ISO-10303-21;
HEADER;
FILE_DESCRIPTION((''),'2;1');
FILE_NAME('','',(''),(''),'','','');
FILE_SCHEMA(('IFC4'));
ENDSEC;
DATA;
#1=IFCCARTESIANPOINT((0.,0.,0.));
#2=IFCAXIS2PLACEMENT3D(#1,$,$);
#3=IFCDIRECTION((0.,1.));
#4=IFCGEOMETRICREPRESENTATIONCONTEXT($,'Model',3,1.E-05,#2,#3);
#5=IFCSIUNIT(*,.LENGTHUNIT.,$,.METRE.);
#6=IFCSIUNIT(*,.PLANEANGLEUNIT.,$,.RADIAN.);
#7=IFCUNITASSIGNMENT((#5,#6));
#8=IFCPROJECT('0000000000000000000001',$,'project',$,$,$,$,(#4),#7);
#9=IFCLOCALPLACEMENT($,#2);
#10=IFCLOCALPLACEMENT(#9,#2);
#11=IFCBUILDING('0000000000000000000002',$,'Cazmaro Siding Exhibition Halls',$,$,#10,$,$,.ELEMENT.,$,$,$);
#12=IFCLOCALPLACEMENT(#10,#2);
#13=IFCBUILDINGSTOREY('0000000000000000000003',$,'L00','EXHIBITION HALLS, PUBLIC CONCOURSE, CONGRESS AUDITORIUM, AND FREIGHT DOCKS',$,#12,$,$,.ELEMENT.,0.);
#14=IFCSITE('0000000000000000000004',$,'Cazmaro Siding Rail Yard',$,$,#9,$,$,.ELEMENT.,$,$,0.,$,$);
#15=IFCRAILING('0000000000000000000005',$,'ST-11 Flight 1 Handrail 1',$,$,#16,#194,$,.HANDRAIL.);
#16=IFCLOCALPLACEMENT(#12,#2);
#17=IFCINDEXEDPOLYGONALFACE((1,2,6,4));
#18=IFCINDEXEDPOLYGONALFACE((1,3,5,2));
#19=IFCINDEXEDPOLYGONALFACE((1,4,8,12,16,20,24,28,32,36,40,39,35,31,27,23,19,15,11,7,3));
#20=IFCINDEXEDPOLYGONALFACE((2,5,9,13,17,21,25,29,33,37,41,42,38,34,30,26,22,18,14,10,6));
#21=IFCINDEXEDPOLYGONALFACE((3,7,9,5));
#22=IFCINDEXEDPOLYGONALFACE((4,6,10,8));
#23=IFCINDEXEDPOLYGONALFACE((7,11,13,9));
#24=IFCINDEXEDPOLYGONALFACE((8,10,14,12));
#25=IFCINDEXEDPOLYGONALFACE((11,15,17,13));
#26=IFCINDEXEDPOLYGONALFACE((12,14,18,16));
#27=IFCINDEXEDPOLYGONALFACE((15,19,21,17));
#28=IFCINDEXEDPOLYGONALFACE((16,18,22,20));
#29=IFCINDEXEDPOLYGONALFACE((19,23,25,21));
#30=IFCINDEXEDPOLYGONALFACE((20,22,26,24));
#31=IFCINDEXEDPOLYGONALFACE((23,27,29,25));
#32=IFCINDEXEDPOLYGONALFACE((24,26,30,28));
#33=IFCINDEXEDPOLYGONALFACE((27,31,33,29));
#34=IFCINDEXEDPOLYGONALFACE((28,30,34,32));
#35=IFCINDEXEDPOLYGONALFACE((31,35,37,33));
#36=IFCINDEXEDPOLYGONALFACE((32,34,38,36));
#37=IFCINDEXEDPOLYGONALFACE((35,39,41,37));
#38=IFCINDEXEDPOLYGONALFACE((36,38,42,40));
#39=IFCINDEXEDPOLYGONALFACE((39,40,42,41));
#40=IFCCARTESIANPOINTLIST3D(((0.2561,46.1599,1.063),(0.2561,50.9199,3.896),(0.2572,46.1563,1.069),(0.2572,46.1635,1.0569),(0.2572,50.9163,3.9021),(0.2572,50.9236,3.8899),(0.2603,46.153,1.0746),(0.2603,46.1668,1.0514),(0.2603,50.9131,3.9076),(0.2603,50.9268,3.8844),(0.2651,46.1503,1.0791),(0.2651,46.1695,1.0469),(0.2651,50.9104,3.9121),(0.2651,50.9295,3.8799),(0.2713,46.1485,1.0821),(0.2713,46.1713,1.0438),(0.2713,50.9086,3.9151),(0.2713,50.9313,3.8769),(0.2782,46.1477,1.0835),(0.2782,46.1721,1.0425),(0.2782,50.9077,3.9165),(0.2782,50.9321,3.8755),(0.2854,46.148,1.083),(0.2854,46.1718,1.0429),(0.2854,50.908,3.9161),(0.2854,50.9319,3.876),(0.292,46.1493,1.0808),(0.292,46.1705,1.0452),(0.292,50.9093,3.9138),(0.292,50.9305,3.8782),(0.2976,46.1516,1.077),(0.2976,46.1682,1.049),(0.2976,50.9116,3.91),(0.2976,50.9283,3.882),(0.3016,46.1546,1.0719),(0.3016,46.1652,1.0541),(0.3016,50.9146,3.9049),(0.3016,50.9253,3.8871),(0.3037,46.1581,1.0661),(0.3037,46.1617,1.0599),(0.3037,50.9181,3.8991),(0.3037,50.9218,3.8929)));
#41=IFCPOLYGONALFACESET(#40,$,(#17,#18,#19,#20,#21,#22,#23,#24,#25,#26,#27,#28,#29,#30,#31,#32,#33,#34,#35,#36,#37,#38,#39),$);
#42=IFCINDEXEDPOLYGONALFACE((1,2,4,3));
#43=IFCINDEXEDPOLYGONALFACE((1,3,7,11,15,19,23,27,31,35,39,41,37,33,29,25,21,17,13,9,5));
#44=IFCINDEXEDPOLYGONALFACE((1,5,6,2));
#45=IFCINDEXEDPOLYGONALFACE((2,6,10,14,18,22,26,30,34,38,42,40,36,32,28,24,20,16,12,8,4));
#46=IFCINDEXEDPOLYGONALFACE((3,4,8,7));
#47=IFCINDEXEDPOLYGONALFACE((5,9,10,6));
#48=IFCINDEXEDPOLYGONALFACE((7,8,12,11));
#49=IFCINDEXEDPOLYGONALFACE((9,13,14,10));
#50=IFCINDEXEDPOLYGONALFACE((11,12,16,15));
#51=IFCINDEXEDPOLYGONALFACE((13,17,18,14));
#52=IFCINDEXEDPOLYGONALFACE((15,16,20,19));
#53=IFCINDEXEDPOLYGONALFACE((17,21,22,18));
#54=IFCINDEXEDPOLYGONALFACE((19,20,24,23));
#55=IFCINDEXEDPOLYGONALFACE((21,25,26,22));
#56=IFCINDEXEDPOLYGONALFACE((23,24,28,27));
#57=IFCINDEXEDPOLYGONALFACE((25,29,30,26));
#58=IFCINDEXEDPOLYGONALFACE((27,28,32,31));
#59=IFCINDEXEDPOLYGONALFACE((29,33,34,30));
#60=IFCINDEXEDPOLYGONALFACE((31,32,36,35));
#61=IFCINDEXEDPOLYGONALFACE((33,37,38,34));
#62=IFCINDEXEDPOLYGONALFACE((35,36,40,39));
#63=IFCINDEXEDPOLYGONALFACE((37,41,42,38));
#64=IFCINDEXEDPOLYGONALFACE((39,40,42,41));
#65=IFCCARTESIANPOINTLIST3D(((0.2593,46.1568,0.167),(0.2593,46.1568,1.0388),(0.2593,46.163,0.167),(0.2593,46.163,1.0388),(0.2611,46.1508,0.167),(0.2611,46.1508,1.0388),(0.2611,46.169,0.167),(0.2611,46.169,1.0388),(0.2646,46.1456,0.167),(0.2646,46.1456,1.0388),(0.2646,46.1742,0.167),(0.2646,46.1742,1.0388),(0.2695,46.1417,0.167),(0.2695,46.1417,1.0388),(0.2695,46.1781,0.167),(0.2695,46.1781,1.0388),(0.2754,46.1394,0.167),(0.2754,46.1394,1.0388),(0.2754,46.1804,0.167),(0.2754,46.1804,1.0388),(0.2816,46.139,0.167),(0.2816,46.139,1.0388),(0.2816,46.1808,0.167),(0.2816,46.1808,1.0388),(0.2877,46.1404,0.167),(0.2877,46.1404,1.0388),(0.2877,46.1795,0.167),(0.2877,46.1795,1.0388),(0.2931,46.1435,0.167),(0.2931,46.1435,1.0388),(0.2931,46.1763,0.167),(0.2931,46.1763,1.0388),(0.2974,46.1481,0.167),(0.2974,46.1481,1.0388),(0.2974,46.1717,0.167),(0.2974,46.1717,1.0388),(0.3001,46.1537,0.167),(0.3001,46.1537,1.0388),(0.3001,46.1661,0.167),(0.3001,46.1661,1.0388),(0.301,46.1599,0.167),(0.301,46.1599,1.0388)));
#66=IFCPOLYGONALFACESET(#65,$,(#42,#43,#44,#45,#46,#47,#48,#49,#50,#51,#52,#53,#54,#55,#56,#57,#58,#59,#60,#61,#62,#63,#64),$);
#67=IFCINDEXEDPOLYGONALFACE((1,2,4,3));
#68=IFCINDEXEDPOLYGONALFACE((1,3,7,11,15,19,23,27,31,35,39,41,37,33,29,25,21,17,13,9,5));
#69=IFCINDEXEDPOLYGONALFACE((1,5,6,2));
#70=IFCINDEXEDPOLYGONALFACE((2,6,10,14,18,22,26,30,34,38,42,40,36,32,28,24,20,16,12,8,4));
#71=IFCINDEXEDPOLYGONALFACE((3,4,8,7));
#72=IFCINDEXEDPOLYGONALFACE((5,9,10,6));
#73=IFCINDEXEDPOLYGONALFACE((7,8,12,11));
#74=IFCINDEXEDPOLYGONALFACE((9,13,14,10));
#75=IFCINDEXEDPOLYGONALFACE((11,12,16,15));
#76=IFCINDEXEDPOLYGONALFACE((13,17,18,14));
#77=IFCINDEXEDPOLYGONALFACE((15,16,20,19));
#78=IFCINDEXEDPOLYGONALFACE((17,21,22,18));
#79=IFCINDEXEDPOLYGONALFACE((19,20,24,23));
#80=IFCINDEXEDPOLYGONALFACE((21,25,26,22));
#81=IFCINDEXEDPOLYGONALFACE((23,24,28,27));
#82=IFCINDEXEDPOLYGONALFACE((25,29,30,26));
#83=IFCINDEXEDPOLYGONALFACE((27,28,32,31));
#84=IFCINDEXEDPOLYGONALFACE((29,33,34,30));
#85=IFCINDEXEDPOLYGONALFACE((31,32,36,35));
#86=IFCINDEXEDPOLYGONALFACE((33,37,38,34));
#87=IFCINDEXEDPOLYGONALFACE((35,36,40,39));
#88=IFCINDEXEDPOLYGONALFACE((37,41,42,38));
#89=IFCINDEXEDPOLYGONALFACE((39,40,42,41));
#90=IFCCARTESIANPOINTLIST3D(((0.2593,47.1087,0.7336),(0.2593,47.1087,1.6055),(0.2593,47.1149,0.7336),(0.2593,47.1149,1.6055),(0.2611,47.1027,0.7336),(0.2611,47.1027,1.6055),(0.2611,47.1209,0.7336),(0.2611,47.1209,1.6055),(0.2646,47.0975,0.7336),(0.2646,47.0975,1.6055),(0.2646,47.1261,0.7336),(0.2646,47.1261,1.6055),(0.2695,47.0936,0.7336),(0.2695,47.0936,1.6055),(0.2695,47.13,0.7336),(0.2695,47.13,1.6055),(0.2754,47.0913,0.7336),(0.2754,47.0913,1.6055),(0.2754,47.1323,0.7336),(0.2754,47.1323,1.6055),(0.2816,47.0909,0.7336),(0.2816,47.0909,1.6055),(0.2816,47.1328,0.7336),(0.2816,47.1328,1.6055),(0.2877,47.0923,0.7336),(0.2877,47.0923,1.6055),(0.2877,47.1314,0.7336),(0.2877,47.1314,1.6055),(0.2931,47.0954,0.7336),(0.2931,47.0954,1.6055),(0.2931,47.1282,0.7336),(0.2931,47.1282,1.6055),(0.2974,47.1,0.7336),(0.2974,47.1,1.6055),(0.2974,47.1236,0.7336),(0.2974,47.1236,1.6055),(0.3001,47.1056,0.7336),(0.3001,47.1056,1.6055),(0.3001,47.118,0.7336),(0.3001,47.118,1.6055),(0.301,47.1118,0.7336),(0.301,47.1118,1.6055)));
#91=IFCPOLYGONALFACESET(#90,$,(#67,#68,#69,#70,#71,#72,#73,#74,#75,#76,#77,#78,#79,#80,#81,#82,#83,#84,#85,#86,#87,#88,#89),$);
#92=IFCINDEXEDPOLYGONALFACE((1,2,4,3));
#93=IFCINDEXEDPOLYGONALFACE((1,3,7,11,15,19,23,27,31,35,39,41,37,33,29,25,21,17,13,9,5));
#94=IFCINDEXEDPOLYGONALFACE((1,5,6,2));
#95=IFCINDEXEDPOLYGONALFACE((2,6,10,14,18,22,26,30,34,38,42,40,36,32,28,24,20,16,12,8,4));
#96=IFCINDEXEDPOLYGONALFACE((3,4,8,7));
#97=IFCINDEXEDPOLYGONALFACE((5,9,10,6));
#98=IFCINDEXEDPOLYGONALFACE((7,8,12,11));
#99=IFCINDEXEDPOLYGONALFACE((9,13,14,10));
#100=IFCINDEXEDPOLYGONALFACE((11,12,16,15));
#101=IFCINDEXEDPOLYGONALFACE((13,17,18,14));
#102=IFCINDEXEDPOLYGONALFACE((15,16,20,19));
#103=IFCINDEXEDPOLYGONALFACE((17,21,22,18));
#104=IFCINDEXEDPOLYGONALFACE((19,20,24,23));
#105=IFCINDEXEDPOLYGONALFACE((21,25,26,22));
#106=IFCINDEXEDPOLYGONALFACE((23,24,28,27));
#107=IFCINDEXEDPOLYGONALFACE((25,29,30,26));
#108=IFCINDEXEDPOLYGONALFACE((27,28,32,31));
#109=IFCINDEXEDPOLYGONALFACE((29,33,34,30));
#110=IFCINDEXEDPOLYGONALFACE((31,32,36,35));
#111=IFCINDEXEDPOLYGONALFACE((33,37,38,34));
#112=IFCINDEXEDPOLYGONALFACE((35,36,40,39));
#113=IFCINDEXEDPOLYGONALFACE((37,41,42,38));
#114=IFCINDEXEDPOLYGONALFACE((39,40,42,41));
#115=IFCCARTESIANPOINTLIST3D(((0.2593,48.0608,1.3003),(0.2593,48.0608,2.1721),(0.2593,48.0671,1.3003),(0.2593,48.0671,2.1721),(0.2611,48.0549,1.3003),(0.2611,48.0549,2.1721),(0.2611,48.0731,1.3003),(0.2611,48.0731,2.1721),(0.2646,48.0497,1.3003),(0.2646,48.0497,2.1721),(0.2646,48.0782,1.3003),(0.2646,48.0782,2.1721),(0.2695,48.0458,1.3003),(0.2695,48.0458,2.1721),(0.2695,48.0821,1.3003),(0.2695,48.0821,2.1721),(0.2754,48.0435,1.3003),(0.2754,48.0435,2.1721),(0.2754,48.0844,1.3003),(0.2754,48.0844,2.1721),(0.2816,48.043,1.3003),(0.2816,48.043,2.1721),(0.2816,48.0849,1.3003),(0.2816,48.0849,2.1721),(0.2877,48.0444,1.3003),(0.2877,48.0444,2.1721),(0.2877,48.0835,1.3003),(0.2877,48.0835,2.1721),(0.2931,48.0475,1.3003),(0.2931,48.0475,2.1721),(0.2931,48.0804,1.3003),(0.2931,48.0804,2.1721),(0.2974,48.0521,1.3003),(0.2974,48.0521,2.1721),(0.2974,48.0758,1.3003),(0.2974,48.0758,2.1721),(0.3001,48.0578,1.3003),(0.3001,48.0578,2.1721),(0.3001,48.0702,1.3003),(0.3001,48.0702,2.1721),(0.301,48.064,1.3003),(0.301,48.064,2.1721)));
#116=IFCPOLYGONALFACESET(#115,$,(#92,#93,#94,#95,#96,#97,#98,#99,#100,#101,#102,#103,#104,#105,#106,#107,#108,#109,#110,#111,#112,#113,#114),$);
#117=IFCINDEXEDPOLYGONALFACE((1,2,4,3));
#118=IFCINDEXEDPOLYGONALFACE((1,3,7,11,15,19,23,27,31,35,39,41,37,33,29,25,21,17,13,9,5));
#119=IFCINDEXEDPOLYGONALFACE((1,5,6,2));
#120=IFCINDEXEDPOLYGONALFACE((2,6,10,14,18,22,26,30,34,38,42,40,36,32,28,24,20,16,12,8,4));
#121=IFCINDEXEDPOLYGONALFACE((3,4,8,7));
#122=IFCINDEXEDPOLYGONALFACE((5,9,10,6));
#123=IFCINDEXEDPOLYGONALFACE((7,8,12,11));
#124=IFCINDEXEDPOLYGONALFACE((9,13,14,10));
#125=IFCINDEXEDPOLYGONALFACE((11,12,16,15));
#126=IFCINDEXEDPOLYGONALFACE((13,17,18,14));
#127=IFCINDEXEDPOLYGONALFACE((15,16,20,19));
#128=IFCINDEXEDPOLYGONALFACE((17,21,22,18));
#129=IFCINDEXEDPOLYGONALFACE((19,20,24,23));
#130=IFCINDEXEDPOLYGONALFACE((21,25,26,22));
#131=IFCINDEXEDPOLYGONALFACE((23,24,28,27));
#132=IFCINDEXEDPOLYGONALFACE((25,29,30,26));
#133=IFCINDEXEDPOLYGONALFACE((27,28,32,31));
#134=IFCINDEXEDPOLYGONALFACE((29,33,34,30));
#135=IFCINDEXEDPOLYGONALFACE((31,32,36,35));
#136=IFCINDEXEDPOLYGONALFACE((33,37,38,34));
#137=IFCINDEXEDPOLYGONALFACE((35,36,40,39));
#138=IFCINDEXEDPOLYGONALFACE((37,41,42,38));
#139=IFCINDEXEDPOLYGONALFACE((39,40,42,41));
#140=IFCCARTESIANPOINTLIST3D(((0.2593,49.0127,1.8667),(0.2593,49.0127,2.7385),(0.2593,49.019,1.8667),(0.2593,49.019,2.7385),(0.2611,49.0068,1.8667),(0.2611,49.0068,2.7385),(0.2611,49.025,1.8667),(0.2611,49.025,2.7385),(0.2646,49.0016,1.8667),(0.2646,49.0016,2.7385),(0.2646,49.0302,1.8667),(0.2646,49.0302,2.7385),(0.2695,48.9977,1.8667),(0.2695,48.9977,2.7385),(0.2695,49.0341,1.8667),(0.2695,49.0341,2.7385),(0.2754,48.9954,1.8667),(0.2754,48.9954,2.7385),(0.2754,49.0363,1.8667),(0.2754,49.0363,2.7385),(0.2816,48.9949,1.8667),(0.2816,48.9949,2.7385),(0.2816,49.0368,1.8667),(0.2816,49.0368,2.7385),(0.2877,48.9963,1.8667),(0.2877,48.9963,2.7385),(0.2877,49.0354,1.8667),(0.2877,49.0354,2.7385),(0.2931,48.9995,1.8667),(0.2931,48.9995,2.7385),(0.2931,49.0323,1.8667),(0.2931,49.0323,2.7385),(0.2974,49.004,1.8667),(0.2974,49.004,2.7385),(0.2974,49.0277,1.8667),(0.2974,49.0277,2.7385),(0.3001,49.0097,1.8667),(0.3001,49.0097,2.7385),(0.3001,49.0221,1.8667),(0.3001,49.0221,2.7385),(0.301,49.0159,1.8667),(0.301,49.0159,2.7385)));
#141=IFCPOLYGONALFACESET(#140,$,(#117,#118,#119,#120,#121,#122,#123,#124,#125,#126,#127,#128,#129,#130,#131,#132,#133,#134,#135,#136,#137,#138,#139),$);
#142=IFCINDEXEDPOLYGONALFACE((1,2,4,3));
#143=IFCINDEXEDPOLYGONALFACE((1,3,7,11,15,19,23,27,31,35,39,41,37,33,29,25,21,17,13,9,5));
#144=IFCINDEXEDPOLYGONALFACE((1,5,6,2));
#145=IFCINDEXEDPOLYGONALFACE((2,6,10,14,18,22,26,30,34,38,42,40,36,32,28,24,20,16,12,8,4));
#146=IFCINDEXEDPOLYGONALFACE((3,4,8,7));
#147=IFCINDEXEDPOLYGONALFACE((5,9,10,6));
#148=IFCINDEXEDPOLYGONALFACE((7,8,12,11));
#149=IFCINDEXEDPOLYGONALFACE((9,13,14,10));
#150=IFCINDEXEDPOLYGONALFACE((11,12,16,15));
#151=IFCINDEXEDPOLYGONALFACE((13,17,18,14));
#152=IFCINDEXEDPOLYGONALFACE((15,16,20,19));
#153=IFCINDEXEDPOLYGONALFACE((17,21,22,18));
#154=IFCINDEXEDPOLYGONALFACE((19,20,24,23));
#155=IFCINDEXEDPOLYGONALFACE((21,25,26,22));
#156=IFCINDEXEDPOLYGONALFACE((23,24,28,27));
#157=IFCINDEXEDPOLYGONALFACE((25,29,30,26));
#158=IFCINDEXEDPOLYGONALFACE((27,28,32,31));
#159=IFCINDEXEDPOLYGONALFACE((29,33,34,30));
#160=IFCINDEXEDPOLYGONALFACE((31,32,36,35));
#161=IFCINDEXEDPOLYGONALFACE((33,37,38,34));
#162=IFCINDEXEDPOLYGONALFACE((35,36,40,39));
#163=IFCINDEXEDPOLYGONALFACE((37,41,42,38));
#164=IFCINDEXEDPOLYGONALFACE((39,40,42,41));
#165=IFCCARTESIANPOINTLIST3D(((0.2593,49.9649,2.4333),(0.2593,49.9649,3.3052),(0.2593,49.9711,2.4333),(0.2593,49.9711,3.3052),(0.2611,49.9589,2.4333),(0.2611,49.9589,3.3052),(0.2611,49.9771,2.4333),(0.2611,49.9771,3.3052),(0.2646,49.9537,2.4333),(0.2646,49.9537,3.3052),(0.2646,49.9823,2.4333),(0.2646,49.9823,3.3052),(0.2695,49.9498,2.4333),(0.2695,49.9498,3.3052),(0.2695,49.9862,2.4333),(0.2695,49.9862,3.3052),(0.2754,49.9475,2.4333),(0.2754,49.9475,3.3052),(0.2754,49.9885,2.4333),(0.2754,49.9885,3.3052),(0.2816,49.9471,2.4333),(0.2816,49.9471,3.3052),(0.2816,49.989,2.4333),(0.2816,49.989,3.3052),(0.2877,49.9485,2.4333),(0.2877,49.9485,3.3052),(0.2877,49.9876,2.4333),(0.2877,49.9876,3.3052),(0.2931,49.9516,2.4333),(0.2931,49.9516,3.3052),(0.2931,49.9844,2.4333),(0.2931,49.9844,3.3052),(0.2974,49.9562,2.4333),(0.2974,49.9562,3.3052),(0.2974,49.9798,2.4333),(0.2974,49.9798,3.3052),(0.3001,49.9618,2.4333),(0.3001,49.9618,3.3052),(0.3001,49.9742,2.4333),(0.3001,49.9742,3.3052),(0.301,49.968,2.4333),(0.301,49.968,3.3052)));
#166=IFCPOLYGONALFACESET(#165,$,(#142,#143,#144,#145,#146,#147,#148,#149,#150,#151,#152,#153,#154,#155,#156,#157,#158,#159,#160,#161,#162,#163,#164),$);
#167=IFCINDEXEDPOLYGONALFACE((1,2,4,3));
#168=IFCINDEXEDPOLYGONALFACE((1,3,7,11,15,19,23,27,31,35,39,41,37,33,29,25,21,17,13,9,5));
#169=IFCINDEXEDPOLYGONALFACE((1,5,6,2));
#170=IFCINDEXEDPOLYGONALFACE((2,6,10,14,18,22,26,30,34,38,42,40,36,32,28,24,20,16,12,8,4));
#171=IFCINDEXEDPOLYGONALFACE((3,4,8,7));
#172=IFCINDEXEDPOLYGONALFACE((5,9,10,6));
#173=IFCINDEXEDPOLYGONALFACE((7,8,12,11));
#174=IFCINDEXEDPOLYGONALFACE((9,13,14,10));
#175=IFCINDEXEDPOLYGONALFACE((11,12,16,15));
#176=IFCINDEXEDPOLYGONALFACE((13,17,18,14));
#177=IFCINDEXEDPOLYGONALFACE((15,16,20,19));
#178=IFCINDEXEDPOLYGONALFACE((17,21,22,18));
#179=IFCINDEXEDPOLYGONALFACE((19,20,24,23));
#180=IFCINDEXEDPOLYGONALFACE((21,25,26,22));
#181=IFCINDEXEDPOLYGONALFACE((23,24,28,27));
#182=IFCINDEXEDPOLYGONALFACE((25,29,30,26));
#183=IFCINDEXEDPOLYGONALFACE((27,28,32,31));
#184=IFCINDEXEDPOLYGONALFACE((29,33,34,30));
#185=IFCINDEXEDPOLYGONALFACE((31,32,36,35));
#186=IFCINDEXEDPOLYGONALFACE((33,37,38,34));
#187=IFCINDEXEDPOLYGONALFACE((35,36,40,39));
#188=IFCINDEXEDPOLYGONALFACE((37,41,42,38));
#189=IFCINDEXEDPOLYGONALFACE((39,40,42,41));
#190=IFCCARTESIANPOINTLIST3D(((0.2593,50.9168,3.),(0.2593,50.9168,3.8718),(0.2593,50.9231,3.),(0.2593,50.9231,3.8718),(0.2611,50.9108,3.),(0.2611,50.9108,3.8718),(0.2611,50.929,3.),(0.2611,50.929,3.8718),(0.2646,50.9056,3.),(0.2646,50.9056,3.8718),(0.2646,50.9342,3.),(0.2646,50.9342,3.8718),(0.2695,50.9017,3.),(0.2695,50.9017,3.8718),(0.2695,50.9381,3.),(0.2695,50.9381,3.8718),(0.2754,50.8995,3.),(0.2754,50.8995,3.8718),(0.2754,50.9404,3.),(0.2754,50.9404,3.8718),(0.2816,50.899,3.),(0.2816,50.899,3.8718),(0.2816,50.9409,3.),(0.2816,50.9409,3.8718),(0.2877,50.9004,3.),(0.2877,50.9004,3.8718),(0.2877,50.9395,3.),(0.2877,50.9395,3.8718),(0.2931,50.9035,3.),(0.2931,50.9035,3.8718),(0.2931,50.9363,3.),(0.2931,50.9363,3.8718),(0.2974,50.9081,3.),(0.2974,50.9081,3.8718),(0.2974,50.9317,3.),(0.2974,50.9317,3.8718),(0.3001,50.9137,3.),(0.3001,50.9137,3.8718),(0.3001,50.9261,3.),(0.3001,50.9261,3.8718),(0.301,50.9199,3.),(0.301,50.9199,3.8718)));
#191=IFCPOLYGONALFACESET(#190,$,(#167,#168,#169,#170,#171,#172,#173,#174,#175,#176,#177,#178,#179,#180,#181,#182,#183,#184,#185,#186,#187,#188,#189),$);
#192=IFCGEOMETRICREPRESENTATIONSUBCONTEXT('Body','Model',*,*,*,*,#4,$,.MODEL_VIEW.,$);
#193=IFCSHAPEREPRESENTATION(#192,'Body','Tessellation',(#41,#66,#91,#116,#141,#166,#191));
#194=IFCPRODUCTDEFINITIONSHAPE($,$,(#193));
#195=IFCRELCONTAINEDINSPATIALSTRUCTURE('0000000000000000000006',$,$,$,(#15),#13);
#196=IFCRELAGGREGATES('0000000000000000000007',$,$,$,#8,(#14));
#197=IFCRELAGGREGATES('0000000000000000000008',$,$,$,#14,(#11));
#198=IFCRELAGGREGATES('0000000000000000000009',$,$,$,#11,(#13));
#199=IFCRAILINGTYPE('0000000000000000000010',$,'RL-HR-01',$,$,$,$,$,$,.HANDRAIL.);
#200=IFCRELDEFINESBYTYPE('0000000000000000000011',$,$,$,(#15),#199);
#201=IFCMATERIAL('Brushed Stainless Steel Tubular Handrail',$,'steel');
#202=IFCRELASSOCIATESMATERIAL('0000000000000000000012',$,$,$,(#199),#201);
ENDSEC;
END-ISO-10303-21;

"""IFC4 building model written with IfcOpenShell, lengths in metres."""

from ifc_helpers import new_model, si_unit, direction, frame, origin, origin_2d, place, context, subcontext, project, spatial, circle, extrude, material, type_object, element, save


model = new_model("IFC4")

# Units and contexts
model_context = context("Model", 3, precision=1e-05, world=origin(), true_north=direction((0.0, 1.0)))
body_context = subcontext(model_context, "Body", "Model", "MODEL_VIEW")
ifc_project = project(units=[si_unit("LENGTHUNIT", "METRE"), si_unit("PLANEANGLEUNIT", "RADIAN")], contexts=[model_context])

# Site, building, storey
site_placement = place(None, origin())
site = spatial("IfcSite", under=ifc_project, at=site_placement, Name="Cazmaro Siding Rail Yard", CompositionType="ELEMENT", RefElevation=0.0)
building_placement = place(site_placement, origin())
building = spatial("IfcBuilding", under=site, at=building_placement, Name="Cazmaro Siding Exhibition Halls", CompositionType="ELEMENT")
storey_placement = place(building_placement, origin())
storey = spatial("IfcBuildingStorey", under=building, at=storey_placement, Name="L00", Description="EXHIBITION HALLS, PUBLIC CONCOURSE, CONGRESS AUDITORIUM, AND FREIGHT DOCKS", CompositionType="ELEMENT", Elevation=0.0)

# Railing
ifc_material_1 = material(Name="Brushed Stainless Steel Tubular Handrail", Category="steel")
railing_type_1 = type_object("IfcRailingType", Name="RL-HR-01", PredefinedType="HANDRAIL", material=ifc_material_1)
railing_1_placement = place(storey_placement, frame((0.28, 46.1599, 0.167)))
element("IfcRailing", 1, at=railing_1_placement, inside=storey, type_object=railing_type_1, Name="ST-11 Flight 1 Handrail 1", PredefinedType="HANDRAIL", context=body_context, shape_type="SweptSolid", body=[
    extrude(circle(Radius=0.0239, at=origin_2d()), frame((0.0, 0.0, 0.896), z_axis=(0.0, 0.859319, 0.51144), x_axis=(-1.0, 0.0, 0.0)), (0.0, 0.0, 1.0), 5.5393),
    extrude(circle(Radius=0.021, at=origin_2d()), origin(), (0.0, 0.0, 1.0), 0.8718),
    extrude(circle(Radius=0.021, at=origin_2d()), frame((0.0, 0.9519, 0.5667)), (0.0, 0.0, 1.0), 0.8718),
    extrude(circle(Radius=0.021, at=origin_2d()), frame((0.0, 1.9041, 1.1333)), (0.0, 0.0, 1.0), 0.8718),
    extrude(circle(Radius=0.021, at=origin_2d()), frame((0.0, 2.856, 1.6997)), (0.0, 0.0, 1.0), 0.8718),
    extrude(circle(Radius=0.021, at=origin_2d()), frame((0.0, 3.8081, 2.2664)), (0.0, 0.0, 1.0), 0.8718),
    extrude(circle(Radius=0.021, at=origin_2d()), frame((0.0, 4.76, 2.833)), (0.0, 0.0, 1.0), 0.8718),
])

save(model, "model.ifc")
